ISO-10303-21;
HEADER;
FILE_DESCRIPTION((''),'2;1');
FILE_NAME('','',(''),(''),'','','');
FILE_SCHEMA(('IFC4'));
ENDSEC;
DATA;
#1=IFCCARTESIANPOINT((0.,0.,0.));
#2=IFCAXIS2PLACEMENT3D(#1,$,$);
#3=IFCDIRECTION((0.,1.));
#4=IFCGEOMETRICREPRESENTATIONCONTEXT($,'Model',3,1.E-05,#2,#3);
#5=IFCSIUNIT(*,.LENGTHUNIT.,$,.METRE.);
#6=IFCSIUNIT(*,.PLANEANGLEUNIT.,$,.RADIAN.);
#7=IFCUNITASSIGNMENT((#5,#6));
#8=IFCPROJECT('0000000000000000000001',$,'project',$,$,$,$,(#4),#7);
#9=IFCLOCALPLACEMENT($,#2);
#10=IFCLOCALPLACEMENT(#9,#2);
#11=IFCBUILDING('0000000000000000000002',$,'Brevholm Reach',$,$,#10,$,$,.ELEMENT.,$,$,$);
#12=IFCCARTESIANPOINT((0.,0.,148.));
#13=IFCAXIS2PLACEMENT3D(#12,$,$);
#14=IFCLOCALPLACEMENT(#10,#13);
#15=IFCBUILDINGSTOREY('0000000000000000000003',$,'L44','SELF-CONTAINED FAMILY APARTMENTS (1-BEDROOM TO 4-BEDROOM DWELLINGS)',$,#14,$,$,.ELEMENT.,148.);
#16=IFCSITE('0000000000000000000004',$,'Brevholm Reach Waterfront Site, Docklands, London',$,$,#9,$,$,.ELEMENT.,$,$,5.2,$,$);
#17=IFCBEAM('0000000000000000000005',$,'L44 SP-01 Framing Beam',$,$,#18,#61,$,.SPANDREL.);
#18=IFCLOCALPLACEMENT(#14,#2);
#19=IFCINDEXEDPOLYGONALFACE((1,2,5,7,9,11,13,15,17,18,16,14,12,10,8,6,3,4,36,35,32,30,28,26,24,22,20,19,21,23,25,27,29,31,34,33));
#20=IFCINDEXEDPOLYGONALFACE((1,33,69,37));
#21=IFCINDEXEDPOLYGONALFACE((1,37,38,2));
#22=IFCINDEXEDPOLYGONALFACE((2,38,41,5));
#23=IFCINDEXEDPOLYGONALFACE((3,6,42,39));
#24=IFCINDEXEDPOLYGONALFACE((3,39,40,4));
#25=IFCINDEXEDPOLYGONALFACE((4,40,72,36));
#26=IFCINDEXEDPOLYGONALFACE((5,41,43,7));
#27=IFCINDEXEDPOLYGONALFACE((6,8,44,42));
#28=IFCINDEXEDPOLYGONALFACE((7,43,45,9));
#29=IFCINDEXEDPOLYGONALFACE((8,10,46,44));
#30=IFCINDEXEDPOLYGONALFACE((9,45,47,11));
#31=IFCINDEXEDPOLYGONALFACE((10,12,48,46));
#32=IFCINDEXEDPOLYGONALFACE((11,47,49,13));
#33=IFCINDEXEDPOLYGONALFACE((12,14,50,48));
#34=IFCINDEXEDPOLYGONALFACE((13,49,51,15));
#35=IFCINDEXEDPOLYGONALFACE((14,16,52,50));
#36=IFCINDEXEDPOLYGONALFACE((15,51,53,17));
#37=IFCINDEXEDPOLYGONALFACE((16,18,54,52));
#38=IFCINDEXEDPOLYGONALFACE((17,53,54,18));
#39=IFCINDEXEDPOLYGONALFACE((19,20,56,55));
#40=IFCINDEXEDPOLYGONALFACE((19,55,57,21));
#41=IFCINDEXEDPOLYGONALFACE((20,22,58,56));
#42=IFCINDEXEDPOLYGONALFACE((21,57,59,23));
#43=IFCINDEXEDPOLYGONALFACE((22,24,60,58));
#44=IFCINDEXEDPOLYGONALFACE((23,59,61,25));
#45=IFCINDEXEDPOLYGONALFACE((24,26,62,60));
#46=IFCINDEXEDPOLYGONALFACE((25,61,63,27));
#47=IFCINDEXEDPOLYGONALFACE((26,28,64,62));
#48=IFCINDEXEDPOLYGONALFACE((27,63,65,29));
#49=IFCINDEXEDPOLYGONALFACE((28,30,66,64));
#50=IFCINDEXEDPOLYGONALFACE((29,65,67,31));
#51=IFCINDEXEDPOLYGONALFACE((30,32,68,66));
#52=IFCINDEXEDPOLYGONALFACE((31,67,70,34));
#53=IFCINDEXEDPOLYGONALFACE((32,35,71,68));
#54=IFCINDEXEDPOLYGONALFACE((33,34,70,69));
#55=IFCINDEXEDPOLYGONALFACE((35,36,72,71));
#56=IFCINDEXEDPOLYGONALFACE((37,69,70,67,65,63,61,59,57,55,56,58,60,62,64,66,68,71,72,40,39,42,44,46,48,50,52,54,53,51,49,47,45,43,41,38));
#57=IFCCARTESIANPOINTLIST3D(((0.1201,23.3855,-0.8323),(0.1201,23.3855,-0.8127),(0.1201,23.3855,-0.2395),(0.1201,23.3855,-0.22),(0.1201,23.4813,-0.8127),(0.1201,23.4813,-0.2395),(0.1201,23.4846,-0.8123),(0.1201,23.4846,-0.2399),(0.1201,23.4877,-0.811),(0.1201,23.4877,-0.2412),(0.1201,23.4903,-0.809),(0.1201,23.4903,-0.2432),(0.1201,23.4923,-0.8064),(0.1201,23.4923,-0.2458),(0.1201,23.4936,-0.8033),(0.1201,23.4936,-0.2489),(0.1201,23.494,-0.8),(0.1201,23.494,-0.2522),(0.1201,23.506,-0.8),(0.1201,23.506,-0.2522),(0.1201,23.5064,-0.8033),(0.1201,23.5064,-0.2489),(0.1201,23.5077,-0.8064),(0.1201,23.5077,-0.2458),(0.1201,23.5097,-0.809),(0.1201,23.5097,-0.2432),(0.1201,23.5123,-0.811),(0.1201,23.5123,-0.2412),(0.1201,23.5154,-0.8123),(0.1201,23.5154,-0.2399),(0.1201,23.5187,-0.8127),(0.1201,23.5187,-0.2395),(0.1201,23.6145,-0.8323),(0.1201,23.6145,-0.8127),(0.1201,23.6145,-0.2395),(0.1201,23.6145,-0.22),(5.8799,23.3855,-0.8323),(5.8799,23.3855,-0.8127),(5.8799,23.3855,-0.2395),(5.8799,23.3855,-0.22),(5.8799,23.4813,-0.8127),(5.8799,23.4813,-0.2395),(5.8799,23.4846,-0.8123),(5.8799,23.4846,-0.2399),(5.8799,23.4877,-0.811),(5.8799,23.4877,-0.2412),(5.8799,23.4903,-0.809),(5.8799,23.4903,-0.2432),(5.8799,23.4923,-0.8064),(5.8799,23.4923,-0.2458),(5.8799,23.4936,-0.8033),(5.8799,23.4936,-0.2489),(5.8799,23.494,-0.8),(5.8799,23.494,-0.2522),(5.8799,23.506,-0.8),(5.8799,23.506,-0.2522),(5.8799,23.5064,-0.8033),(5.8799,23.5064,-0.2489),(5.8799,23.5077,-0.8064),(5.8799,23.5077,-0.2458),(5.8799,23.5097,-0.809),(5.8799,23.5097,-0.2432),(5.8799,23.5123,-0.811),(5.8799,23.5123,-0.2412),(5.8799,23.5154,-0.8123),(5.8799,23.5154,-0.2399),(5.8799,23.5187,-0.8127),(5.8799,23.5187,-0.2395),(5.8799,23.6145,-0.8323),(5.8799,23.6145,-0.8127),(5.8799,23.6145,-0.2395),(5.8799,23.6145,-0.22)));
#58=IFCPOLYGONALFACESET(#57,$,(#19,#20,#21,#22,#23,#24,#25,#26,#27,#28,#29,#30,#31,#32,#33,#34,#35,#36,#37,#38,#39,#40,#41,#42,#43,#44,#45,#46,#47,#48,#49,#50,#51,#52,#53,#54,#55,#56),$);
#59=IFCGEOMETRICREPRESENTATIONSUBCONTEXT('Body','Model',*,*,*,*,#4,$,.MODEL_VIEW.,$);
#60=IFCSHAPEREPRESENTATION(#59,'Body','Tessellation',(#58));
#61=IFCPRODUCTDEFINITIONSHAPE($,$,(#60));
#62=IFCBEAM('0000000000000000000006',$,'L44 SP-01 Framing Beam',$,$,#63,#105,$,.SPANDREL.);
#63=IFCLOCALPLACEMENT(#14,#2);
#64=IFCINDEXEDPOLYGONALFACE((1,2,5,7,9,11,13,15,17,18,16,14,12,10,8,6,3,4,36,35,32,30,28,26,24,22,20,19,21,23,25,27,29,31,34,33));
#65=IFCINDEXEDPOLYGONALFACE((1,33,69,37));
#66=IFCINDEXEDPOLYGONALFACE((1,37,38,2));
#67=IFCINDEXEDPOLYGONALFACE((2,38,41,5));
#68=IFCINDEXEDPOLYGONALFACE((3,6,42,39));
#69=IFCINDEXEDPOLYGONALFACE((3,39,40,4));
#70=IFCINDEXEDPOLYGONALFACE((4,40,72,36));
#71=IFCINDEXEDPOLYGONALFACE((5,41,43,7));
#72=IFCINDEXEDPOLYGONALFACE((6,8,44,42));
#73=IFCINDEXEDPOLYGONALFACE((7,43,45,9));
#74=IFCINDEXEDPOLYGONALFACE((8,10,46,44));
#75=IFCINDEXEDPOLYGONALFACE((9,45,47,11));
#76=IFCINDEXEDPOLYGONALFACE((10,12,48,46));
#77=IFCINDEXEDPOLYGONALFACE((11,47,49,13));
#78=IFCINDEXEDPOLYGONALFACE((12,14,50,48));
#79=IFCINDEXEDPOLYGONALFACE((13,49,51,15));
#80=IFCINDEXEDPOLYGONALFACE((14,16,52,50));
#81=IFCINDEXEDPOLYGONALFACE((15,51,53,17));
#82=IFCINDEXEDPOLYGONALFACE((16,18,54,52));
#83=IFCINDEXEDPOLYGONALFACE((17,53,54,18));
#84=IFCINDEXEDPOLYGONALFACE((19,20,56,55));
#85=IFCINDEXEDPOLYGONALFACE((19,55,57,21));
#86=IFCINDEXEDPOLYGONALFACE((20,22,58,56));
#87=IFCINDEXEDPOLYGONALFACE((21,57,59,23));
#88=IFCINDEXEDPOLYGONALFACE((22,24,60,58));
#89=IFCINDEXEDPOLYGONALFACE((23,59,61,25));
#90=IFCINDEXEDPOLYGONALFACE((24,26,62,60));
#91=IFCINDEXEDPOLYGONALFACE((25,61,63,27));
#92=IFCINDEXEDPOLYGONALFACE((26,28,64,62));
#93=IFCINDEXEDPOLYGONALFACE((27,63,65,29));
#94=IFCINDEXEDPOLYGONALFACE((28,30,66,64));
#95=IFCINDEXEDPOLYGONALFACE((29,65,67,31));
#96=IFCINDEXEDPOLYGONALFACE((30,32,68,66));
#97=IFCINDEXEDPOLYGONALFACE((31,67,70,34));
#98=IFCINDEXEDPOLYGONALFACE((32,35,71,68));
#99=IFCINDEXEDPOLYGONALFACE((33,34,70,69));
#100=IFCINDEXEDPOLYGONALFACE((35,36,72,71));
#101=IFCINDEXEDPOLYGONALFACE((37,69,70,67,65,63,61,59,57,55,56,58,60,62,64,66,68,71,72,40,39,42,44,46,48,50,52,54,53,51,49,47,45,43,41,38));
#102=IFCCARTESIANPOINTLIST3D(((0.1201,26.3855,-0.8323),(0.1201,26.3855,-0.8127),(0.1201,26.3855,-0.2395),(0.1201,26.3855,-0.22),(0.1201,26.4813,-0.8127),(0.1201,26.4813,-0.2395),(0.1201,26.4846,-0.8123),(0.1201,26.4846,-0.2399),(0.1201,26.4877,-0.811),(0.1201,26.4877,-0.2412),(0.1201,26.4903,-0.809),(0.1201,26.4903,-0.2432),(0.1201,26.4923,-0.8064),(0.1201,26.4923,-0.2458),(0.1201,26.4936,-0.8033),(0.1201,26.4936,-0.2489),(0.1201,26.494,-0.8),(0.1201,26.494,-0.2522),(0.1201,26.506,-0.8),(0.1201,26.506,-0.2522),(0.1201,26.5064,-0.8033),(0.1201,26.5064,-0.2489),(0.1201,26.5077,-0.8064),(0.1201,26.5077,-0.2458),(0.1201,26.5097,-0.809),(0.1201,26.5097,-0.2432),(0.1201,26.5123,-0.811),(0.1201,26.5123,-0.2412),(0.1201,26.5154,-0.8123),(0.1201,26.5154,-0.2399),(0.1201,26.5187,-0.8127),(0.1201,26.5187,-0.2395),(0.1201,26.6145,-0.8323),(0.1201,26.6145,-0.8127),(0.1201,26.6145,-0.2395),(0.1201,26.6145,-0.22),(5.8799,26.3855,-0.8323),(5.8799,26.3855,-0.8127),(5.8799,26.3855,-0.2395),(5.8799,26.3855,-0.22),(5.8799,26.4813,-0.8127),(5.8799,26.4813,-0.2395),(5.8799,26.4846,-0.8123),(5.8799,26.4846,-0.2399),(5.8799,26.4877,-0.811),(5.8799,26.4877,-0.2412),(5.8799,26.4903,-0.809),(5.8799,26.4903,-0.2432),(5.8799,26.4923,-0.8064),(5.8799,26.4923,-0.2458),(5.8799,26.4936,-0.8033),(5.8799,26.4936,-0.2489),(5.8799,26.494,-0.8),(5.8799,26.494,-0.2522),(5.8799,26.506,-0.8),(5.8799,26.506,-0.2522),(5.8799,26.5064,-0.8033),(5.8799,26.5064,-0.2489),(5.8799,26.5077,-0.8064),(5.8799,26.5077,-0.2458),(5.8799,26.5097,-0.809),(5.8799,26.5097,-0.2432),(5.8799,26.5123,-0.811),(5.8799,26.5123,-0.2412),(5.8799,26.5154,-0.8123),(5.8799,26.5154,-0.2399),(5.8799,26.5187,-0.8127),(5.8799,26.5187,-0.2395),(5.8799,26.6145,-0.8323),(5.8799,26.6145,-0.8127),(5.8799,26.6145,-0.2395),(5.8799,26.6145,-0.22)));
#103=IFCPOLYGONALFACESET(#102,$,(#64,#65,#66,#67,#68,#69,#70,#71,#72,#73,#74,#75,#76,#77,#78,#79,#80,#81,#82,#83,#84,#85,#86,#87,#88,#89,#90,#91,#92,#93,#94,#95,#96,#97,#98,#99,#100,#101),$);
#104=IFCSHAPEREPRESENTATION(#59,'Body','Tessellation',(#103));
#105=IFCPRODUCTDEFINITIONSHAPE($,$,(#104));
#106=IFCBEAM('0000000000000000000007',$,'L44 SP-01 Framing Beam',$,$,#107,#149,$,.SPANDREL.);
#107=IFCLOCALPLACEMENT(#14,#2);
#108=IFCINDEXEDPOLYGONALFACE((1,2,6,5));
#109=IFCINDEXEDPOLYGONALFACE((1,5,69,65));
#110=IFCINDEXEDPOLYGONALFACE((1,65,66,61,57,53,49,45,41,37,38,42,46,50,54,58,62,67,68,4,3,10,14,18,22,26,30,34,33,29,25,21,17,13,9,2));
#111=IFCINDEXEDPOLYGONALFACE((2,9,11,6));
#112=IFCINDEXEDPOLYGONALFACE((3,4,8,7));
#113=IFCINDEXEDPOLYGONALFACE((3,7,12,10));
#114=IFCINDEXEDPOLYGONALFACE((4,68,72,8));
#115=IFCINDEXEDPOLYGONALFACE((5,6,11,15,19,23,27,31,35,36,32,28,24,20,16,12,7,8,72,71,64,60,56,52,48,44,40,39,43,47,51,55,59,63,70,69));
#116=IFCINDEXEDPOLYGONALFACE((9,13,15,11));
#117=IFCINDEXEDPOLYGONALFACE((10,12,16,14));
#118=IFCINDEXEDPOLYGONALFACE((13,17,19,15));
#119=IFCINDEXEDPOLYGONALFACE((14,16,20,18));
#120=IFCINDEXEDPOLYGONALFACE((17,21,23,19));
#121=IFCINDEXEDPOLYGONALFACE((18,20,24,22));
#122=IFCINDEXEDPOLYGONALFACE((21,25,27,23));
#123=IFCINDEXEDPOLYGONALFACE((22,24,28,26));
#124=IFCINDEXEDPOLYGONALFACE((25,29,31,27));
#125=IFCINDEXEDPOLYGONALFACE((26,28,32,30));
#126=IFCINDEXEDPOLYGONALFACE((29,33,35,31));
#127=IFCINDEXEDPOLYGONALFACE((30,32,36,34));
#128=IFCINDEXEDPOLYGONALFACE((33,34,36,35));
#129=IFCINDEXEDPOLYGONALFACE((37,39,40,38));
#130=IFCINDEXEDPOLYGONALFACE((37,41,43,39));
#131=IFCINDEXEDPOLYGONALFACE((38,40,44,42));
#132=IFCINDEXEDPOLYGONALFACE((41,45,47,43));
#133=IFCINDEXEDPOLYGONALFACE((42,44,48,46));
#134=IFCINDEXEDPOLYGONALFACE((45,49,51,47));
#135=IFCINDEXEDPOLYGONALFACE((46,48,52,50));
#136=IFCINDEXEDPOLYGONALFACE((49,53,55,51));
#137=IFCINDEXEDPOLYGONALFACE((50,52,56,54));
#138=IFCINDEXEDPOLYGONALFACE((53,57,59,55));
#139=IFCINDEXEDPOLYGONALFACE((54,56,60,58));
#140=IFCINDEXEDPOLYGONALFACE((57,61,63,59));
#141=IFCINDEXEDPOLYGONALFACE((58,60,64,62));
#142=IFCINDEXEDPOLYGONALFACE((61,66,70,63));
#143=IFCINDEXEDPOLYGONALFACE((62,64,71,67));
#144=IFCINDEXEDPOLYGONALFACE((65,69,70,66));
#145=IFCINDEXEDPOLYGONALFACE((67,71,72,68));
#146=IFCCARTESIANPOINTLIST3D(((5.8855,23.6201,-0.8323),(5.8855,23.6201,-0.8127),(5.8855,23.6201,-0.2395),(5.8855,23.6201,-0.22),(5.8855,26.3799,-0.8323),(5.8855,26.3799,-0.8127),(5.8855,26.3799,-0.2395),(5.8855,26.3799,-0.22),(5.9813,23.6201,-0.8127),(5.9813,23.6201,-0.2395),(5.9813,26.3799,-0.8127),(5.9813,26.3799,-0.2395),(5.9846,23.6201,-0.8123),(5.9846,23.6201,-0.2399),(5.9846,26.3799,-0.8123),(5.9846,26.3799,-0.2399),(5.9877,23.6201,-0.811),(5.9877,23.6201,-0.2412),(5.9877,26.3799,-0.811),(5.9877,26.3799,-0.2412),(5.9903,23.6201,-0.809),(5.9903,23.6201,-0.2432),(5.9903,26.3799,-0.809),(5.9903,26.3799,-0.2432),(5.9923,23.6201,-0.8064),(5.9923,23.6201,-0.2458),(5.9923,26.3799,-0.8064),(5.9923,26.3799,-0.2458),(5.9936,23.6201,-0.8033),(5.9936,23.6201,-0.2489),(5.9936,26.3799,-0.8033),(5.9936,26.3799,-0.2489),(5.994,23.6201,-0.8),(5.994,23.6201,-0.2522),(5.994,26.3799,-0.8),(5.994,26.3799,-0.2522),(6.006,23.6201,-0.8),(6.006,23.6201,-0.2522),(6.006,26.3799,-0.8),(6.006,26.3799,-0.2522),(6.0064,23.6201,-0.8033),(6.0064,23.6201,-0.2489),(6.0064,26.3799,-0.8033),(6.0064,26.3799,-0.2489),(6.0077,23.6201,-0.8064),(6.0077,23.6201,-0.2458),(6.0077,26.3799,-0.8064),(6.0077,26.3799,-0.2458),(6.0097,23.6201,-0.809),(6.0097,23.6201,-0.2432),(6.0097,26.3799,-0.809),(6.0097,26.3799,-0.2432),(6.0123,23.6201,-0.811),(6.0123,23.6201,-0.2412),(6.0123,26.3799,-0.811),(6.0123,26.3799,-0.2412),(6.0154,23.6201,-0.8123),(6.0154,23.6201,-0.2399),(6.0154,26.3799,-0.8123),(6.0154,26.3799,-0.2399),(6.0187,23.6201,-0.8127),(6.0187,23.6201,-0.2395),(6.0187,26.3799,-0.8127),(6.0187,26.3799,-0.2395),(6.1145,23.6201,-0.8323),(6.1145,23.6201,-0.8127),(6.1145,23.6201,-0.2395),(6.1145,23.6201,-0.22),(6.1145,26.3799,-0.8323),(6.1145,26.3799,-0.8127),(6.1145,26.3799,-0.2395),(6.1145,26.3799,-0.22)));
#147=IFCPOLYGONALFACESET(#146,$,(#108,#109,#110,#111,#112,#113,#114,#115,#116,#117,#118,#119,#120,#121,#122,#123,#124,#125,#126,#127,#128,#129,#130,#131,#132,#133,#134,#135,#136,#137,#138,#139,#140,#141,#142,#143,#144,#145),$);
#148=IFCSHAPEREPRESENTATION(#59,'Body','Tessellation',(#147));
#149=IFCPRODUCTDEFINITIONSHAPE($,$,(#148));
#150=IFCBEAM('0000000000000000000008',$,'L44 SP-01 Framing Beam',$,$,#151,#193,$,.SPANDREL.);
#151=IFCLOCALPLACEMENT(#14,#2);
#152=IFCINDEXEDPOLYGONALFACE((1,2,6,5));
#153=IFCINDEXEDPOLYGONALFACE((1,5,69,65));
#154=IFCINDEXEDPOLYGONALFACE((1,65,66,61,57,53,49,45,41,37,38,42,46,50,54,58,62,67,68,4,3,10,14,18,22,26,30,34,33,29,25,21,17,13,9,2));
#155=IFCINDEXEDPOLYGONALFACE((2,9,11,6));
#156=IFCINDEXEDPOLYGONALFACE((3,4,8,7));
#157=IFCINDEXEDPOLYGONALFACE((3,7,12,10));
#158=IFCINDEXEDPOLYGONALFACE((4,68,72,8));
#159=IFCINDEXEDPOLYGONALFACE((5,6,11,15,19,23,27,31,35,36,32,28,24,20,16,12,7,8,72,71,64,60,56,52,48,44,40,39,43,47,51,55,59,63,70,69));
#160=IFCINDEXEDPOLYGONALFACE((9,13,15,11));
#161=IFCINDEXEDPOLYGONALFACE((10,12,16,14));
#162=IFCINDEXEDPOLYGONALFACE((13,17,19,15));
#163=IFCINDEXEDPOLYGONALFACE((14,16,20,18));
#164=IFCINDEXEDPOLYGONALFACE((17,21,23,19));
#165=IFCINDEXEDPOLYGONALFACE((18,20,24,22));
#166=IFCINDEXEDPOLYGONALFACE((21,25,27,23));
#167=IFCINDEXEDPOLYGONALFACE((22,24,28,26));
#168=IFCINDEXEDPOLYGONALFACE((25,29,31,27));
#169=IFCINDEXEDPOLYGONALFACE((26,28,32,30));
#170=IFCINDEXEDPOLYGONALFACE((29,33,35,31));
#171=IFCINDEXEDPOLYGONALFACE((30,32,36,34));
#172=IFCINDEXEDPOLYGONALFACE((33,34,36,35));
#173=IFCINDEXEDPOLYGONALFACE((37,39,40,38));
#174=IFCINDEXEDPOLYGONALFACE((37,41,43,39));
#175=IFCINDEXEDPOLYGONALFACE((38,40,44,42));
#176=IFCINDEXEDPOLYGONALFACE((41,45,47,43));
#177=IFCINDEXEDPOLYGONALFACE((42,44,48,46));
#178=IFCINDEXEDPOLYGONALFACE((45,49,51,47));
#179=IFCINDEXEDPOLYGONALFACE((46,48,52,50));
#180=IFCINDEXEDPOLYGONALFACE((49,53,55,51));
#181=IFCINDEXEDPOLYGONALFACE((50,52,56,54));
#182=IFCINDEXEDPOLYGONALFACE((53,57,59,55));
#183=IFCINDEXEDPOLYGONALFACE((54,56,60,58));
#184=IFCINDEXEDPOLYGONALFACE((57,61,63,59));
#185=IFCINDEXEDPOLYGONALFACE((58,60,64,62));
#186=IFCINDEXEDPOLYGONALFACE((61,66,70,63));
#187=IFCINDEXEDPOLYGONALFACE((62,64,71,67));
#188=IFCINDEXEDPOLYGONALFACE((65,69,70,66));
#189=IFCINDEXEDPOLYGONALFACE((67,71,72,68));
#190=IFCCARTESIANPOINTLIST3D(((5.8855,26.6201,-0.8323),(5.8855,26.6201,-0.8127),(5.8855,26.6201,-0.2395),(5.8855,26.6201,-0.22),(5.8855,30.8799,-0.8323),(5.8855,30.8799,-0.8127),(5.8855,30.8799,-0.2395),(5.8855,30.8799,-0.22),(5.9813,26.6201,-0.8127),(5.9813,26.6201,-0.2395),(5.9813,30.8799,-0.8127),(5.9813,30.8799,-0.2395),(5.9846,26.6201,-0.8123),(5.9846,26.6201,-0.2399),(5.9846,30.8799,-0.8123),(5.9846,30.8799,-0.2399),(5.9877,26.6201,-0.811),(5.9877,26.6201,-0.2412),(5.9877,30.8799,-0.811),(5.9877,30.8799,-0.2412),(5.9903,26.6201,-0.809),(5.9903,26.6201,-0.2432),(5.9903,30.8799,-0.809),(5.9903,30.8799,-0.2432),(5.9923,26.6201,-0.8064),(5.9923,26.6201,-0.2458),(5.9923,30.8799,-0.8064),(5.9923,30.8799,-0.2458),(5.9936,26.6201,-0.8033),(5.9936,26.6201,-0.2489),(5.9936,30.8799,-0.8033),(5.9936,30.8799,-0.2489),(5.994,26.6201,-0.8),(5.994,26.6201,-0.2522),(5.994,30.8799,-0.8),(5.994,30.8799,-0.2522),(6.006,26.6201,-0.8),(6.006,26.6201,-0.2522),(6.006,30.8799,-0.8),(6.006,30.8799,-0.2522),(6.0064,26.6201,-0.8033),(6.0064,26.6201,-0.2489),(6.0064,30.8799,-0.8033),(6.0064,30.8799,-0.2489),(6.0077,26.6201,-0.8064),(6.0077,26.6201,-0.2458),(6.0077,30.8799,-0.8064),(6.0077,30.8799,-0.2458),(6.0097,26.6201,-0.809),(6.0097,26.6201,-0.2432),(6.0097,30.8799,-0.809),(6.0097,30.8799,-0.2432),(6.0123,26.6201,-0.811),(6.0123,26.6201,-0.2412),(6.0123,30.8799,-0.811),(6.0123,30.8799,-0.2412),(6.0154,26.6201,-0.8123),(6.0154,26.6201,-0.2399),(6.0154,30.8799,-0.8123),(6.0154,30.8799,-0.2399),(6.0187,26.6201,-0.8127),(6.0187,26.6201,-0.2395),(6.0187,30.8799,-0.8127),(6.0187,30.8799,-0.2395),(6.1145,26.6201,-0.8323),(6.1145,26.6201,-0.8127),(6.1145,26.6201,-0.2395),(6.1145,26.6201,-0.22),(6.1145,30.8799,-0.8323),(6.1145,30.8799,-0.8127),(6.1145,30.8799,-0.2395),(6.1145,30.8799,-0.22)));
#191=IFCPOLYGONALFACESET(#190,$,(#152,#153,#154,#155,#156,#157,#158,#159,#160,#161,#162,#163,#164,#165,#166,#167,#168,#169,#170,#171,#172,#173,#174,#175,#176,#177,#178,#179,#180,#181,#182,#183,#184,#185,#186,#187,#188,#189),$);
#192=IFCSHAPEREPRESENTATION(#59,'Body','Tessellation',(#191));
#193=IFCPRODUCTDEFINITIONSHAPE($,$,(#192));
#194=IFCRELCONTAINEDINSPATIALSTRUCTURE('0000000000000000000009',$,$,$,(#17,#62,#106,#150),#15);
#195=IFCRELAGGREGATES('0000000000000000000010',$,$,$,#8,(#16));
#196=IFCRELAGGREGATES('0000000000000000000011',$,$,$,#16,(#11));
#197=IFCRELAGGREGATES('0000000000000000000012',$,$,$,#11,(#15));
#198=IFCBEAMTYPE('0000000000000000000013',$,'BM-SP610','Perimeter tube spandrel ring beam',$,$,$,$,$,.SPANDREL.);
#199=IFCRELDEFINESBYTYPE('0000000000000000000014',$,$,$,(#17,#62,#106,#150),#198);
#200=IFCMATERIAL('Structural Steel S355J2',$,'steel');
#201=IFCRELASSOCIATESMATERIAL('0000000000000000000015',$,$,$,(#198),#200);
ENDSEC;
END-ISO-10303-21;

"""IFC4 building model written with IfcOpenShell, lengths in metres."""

from ifc_helpers import new_model, si_unit, direction, frame, origin, origin_2d, place, context, subcontext, project, spatial, i_section, extrude, material, material_profile, profile_set, type_object, element, save


model = new_model("IFC4")

# Units and contexts
model_context = context("Model", 3, precision=1e-05, world=origin(), true_north=direction((0.0, 1.0)))
body_context = subcontext(model_context, "Body", "Model", "MODEL_VIEW")
ifc_project = project(units=[si_unit("LENGTHUNIT", "METRE"), si_unit("PLANEANGLEUNIT", "RADIAN")], contexts=[model_context])

# Site, building, storey
site_placement = place(None, origin())
site = spatial("IfcSite", under=ifc_project, at=site_placement, Name="Brevholm Reach Waterfront Site, Docklands, London", CompositionType="ELEMENT", RefElevation=5.2)
building_placement = place(site_placement, origin())
building = spatial("IfcBuilding", under=site, at=building_placement, Name="Brevholm Reach", CompositionType="ELEMENT")
storey_placement = place(building_placement, frame((0.0, 0.0, 148.0)))
storey = spatial("IfcBuildingStorey", under=building, at=storey_placement, Name="L44", Description="SELF-CONTAINED FAMILY APARTMENTS (1-BEDROOM TO 4-BEDROOM DWELLINGS)", CompositionType="ELEMENT", Elevation=148.0)

# Beams
ifc_material_1 = material(Name="Structural Steel S355J2", Category="steel")
ifc_material_profile_1 = material_profile(ifc_material_1, i_section(OverallWidth=0.229, OverallDepth=0.6123, WebThickness=0.012, FlangeThickness=0.0195, FilletRadius=0.0127, at=origin_2d()), Name="UKB 610x229x125")
ifc_profile_set_1 = profile_set([ifc_material_profile_1], Name="Structural Steel S355J2")
beam_type_1 = type_object("IfcBeamType", Name="BM-SP610", Description="Perimeter tube spandrel ring beam", PredefinedType="SPANDREL", material=ifc_profile_set_1)
for number, where, z_axis, x_axis, name in (
    (1, (0.1201, 23.5, -0.5261), (1.0, 0.0, 0.0), (0.0, 1.0, 0.0), "L44 SP-01 Framing Beam"),
    (2, (0.1201, 26.5, -0.5261), (1.0, 0.0, 0.0), (0.0, 1.0, 0.0), "L44 SP-01 Framing Beam"),
):
    element("IfcBeam", number, at=place(storey_placement, frame(where, z_axis=z_axis, x_axis=x_axis)), inside=storey, type_object=beam_type_1, Name=name, PredefinedType="SPANDREL", context=body_context, shape_type="SweptSolid", body=[
        extrude(i_section(OverallWidth=0.229, OverallDepth=0.6123, WebThickness=0.012, FlangeThickness=0.0195, FilletRadius=0.0127, at=origin_2d()), origin(), (0.0, 0.0, 1.0), 5.7598),
    ])
beam_1_placement = place(storey_placement, frame((6.0, 23.6201, -0.5261), z_axis=(0.0, 1.0, 0.0), x_axis=(-1.0, 0.0, 0.0)))
element("IfcBeam", 3, at=beam_1_placement, inside=storey, type_object=beam_type_1, Name="L44 SP-01 Framing Beam", PredefinedType="SPANDREL", context=body_context, shape_type="SweptSolid", body=[
    extrude(i_section(OverallWidth=0.229, OverallDepth=0.6123, WebThickness=0.012, FlangeThickness=0.0195, FilletRadius=0.0127, at=origin_2d()), origin(), (0.0, 0.0, 1.0), 2.7598),
])
beam_2_placement = place(storey_placement, frame((6.0, 26.6201, -0.5261), z_axis=(0.0, 1.0, 0.0), x_axis=(-1.0, 0.0, 0.0)))
element("IfcBeam", 4, at=beam_2_placement, inside=storey, type_object=beam_type_1, Name="L44 SP-01 Framing Beam", PredefinedType="SPANDREL", context=body_context, shape_type="SweptSolid", body=[
    extrude(i_section(OverallWidth=0.229, OverallDepth=0.6123, WebThickness=0.012, FlangeThickness=0.0195, FilletRadius=0.0127, at=origin_2d()), origin(), (0.0, 0.0, 1.0), 4.2598),
])

save(model, "model.ifc")
